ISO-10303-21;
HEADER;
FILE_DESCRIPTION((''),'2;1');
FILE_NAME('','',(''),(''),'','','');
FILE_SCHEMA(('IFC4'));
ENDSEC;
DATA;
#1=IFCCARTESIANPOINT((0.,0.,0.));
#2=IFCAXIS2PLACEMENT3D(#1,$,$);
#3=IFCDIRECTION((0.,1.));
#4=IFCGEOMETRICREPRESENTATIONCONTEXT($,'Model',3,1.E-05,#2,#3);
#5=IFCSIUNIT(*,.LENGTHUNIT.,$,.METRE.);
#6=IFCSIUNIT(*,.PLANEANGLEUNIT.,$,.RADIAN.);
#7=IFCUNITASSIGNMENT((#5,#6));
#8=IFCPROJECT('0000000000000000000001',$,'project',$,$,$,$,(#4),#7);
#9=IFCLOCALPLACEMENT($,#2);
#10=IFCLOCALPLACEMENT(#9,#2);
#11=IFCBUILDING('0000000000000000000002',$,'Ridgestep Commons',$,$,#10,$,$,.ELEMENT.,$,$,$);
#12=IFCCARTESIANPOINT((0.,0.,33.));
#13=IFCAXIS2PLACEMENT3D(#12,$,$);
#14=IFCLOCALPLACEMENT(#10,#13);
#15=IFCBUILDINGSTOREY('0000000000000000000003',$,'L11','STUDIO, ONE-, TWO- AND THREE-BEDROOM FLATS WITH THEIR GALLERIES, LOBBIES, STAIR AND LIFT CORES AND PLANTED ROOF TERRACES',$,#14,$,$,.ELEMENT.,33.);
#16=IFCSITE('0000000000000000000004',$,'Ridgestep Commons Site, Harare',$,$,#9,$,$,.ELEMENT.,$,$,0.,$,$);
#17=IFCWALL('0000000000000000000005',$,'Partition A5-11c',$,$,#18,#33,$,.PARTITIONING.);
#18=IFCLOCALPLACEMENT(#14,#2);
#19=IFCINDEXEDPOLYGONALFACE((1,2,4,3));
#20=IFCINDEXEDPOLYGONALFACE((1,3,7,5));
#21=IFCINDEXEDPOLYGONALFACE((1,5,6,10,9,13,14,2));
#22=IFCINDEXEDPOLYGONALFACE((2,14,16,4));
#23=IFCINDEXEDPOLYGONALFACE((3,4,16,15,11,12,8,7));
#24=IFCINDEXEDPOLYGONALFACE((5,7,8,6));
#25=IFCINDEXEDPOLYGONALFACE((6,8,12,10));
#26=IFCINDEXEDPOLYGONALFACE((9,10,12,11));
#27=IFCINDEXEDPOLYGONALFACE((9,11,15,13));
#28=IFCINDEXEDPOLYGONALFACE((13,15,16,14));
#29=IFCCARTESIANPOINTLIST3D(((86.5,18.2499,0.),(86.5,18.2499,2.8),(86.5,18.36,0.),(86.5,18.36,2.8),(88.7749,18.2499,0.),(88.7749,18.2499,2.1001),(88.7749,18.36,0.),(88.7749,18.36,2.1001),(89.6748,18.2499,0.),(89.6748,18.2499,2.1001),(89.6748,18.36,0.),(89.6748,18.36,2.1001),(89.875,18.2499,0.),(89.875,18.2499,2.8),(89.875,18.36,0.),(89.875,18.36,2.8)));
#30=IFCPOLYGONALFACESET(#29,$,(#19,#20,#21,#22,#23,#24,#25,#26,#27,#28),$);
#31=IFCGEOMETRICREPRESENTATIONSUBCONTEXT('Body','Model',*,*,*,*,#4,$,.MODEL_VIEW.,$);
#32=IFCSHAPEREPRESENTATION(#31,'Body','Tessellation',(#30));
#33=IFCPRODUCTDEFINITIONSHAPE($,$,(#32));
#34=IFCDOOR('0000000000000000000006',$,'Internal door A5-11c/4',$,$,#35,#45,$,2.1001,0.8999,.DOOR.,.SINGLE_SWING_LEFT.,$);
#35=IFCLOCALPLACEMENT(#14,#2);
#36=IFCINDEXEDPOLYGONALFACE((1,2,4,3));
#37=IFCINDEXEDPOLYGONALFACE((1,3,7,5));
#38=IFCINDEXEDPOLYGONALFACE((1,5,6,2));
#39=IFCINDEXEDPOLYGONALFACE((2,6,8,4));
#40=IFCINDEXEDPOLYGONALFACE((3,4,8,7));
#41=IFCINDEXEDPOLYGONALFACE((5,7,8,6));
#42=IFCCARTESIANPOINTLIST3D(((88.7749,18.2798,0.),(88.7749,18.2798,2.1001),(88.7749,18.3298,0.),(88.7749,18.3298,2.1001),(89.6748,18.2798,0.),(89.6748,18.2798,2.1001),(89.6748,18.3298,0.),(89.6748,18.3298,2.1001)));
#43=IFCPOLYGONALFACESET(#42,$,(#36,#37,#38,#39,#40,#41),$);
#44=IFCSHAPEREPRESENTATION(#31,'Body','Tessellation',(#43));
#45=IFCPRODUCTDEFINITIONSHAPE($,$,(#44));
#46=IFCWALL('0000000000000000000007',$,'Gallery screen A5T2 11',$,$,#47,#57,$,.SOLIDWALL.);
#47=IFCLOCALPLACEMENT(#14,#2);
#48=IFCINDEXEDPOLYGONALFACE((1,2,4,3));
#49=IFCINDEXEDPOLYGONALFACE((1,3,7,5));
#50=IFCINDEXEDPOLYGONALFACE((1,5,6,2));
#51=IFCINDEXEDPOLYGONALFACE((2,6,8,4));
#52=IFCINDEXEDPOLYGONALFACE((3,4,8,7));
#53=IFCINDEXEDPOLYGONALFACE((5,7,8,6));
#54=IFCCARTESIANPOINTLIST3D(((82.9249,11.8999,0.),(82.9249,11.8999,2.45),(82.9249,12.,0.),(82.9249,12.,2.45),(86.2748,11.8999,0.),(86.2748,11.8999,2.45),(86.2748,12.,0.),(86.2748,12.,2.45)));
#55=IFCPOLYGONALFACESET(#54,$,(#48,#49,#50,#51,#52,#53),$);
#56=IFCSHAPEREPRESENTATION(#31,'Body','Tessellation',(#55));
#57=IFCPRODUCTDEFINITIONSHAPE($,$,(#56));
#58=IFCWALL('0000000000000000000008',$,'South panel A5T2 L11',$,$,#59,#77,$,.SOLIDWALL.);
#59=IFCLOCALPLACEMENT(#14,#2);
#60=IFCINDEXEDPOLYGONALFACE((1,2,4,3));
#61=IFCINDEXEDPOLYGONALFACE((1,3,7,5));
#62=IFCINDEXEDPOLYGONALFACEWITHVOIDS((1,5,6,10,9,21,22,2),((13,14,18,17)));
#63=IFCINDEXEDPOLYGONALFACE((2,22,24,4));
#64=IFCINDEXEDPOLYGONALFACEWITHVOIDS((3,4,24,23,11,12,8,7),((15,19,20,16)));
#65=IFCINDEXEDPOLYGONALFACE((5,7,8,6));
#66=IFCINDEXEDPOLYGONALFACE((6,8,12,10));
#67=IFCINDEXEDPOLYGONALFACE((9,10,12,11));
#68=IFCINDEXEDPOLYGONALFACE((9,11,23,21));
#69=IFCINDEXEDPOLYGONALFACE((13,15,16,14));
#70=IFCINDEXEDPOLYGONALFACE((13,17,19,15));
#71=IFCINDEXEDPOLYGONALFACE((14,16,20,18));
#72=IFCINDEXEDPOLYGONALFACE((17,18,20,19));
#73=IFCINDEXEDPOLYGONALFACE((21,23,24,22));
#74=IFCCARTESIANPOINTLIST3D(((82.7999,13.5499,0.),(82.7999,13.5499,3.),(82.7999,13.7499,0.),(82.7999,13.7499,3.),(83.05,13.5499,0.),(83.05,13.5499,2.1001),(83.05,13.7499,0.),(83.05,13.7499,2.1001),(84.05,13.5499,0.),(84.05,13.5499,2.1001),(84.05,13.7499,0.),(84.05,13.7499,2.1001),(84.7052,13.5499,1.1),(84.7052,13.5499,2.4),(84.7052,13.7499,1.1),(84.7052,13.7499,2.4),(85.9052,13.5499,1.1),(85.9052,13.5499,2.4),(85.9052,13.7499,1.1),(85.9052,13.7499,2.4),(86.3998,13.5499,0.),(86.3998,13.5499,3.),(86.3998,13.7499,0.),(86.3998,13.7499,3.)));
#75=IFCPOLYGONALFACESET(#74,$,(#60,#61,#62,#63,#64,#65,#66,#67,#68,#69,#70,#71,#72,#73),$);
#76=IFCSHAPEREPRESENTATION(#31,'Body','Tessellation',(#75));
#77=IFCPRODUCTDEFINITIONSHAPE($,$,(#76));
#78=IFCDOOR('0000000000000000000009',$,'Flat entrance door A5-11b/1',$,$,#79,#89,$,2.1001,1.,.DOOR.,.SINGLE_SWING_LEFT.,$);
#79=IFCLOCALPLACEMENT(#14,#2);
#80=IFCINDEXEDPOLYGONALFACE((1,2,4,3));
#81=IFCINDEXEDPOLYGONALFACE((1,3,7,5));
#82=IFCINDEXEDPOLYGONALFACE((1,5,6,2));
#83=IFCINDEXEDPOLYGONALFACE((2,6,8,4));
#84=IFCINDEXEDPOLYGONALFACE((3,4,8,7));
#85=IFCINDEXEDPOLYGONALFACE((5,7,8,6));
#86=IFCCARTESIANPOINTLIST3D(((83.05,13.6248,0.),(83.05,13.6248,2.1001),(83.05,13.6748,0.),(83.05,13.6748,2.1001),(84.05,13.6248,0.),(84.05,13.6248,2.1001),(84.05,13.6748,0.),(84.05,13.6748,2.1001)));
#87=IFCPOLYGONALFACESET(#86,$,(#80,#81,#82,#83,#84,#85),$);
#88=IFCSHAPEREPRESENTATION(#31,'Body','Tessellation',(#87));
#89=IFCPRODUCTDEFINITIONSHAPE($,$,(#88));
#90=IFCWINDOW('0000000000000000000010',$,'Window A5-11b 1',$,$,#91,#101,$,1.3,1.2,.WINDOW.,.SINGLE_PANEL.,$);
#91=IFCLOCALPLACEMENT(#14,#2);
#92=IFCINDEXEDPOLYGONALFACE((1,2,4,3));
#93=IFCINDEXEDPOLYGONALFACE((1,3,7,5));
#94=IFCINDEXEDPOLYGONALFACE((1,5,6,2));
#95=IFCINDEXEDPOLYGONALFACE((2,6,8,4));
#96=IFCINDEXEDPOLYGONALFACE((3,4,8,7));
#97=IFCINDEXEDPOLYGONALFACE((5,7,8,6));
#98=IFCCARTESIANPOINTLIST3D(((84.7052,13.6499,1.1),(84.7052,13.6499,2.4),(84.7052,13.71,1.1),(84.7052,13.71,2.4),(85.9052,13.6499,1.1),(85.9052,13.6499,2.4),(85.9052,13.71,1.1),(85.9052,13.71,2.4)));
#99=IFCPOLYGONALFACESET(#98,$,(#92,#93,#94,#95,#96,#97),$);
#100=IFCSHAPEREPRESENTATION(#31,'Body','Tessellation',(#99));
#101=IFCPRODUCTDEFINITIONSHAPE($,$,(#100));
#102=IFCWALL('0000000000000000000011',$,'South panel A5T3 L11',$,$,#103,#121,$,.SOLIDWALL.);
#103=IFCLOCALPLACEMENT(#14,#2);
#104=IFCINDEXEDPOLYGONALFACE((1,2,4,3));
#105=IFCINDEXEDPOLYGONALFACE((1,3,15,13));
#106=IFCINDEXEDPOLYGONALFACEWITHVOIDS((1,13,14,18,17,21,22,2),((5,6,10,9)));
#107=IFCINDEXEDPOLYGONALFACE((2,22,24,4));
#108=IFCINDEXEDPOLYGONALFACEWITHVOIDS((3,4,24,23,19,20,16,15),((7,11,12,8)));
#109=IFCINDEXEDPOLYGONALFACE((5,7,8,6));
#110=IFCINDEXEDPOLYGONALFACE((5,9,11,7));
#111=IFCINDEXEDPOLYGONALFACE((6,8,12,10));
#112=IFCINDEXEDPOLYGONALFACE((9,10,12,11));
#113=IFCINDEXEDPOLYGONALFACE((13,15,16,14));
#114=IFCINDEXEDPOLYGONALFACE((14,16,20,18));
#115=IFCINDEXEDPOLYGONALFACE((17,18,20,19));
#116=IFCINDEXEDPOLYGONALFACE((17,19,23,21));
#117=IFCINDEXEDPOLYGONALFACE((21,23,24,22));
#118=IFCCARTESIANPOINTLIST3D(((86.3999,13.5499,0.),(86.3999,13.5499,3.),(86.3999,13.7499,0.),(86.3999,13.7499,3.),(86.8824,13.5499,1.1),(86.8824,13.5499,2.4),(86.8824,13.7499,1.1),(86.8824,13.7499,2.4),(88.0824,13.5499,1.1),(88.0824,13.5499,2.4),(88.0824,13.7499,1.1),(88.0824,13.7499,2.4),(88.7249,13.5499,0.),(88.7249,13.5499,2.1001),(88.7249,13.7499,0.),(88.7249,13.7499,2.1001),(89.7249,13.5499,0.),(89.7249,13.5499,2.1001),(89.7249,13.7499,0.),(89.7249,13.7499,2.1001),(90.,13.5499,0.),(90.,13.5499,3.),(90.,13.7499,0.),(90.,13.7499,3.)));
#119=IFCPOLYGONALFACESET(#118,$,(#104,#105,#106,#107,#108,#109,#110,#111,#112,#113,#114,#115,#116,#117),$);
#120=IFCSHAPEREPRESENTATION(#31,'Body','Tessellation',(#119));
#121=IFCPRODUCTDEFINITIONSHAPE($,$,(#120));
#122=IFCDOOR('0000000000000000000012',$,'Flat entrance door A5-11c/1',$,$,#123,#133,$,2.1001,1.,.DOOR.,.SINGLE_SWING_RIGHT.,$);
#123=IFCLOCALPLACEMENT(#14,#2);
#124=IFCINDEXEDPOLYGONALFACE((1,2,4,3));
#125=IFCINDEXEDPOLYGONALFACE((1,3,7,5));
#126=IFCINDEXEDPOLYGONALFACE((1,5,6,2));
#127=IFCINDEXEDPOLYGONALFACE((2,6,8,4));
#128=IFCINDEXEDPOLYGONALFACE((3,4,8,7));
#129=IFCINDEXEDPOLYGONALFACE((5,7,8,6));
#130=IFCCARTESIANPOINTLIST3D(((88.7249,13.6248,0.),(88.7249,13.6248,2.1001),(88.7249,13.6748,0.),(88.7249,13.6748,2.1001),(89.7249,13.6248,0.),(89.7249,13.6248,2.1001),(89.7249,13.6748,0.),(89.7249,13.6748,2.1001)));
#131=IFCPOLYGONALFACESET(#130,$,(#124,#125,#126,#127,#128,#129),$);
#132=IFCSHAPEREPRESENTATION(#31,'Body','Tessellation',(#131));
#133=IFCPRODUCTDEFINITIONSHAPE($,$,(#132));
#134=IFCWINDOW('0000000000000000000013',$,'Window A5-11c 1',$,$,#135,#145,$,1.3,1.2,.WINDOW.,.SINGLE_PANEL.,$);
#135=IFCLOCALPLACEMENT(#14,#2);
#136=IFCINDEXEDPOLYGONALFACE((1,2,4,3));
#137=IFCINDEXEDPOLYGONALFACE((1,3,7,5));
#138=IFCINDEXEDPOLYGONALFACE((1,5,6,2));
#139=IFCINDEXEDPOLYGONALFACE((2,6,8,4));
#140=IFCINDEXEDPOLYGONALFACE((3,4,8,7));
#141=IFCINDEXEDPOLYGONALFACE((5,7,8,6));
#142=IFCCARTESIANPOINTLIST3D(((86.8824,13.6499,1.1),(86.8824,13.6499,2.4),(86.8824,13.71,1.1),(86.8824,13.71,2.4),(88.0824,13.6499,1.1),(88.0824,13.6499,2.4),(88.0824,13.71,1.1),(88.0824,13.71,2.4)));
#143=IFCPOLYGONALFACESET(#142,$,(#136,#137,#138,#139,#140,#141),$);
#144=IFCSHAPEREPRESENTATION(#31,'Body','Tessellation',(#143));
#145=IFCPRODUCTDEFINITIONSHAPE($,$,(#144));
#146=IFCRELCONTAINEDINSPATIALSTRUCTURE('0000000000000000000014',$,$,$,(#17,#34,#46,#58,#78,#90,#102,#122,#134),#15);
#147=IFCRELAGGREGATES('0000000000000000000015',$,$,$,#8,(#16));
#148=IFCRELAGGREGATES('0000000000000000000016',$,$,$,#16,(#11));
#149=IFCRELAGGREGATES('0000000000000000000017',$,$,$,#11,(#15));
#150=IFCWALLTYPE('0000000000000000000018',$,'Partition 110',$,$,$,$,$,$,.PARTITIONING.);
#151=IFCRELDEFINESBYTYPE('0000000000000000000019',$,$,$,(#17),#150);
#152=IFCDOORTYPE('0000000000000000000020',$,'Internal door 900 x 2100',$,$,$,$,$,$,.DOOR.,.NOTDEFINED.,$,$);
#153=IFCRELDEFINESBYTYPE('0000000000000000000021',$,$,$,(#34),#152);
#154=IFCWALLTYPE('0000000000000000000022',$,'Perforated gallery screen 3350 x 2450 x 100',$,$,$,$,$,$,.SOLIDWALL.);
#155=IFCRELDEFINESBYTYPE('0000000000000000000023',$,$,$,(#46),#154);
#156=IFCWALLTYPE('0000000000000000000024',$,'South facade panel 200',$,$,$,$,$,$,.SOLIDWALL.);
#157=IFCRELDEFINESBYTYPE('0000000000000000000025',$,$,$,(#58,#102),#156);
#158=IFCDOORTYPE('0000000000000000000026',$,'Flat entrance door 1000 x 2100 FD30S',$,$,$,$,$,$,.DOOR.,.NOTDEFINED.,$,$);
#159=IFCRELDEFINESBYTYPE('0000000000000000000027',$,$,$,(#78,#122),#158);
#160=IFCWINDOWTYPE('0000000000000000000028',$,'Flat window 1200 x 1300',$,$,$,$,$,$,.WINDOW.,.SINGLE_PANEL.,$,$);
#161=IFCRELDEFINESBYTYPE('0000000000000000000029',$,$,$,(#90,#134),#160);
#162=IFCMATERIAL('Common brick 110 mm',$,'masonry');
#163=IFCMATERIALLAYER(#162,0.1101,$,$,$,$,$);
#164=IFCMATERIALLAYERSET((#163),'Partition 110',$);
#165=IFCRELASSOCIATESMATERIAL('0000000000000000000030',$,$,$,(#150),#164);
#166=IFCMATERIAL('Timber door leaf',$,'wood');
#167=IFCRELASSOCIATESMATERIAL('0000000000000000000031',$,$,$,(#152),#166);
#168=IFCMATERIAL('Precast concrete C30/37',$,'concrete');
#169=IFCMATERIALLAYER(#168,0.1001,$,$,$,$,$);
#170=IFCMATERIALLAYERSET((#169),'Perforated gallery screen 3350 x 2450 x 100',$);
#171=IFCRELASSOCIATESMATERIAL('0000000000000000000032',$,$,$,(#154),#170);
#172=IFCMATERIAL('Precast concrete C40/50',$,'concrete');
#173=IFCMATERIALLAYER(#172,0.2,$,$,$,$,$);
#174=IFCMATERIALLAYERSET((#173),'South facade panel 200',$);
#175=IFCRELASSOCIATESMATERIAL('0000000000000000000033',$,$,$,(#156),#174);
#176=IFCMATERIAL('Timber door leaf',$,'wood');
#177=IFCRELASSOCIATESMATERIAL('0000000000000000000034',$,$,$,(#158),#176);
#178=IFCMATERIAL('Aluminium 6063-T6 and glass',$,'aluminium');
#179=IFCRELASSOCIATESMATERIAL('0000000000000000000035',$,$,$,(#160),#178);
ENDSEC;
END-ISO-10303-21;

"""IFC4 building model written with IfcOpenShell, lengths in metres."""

from ifc_helpers import new_model, si_unit, direction, frame, frame_2d, origin, place, context, subcontext, project, spatial, rectangle, extrude, material, layer, layer_set, type_object, element, fill, save


model = new_model("IFC4")

# Units and contexts
model_context = context("Model", 3, precision=1e-05, world=origin(), true_north=direction((0.0, 1.0)))
body_context = subcontext(model_context, "Body", "Model", "MODEL_VIEW")
ifc_project = project(units=[si_unit("LENGTHUNIT", "METRE"), si_unit("PLANEANGLEUNIT", "RADIAN")], contexts=[model_context])

# Site, building, storey
site_placement = place(None, origin())
site = spatial("IfcSite", under=ifc_project, at=site_placement, Name="Ridgestep Commons Site, Harare", CompositionType="ELEMENT", RefElevation=0.0)
building_placement = place(site_placement, origin())
building = spatial("IfcBuilding", under=site, at=building_placement, Name="Ridgestep Commons", CompositionType="ELEMENT")
storey_placement = place(building_placement, frame((0.0, 0.0, 33.0)))
storey = spatial("IfcBuildingStorey", under=building, at=storey_placement, Name="L11", Description="STUDIO, ONE-, TWO- AND THREE-BEDROOM FLATS WITH THEIR GALLERIES, LOBBIES, STAIR AND LIFT CORES AND PLANTED ROOF TERRACES", CompositionType="ELEMENT", Elevation=33.0)

# Shared definitions
ifc_material_1 = material(Name="Common brick 110 mm", Category="masonry")
ifc_layer_1 = layer(ifc_material_1, 0.1101)
ifc_layer_set_1 = layer_set([ifc_layer_1], Name="Partition 110")
wall_type_1 = type_object("IfcWallType", Name="Partition 110", PredefinedType="PARTITIONING", material=ifc_layer_set_1)

# Shared definitions
ifc_material_2 = material(Name="Timber door leaf", Category="wood")
door_type_1 = type_object("IfcDoorType", Name="Internal door 900 x 2100", OperationType="NOTDEFINED", PredefinedType="DOOR", material=ifc_material_2)

# Wall, opening, door
wall_1_placement = place(storey_placement, frame((86.5, 18.3049, 0.0), z_axis=(0.0, 0.0, 1.0), x_axis=(1.0, 0.0, 0.0)))
wall_1 = element("IfcWall", 1, at=wall_1_placement, inside=storey, type_object=wall_type_1, Name="Partition A5-11c", PredefinedType="PARTITIONING", context=body_context, shape_type="SweptSolid", body=[
    extrude(rectangle(XDim=3.375, YDim=0.1101, at=frame_2d((1.6875, 0.0))), origin(), (0.0, 0.0, 1.0), 2.8),
])
opening_1_placement = place(wall_1_placement, frame((2.2749, 0.0, 0.0)))
opening_1 = element("IfcOpeningElement", 2, at=opening_1_placement, cuts=wall_1, PredefinedType="OPENING", context=body_context, shape_type="SweptSolid", body=[
    extrude(rectangle(XDim=0.8999, YDim=2.1001, at=frame_2d((0.45, 1.05))), frame((0.0, 0.0649, 0.0), z_axis=(0.0, -1.0, 0.0), x_axis=(1.0, 0.0, 0.0)), (0.0, 0.0, 1.0), 0.1301),
])
door_1_placement = place(opening_1_placement, origin())
door_1 = element("IfcDoor", 3, at=door_1_placement, inside=storey, type_object=door_type_1, Name="Internal door A5-11c/4", OperationType="SINGLE_SWING_LEFT", OverallHeight=2.1001, OverallWidth=0.8999, PredefinedType="DOOR", context=body_context, shape_type="SweptSolid", body=[
    extrude(rectangle(XDim=0.8999, YDim=2.1001, at=frame_2d((0.45, 1.05))), frame((0.0, 0.0249, 0.0), z_axis=(0.0, -1.0, 0.0), x_axis=(1.0, 0.0, 0.0)), (0.0, 0.0, 1.0), 0.05),
])
fill(opening_1, door_1)

# Wall
ifc_material_3 = material(Name="Precast concrete C30/37", Category="concrete")
ifc_layer_2 = layer(ifc_material_3, 0.1001)
ifc_layer_set_2 = layer_set([ifc_layer_2], Name="Perforated gallery screen 3350 x 2450 x 100")
wall_type_2 = type_object("IfcWallType", Name="Perforated gallery screen 3350 x 2450 x 100", PredefinedType="SOLIDWALL", material=ifc_layer_set_2)
wall_2_placement = place(storey_placement, frame((82.925, 11.95, 0.0), z_axis=(0.0, 0.0, 1.0), x_axis=(1.0, 0.0, 0.0)))
element("IfcWall", 4, at=wall_2_placement, inside=storey, type_object=wall_type_2, Name="Gallery screen A5T2 11", PredefinedType="SOLIDWALL", context=body_context, shape_type="SweptSolid", body=[
    extrude(rectangle(XDim=3.3499, YDim=0.1001, at=frame_2d((1.6748, 0.0))), origin(), (0.0, 0.0, 1.0), 2.45),
])

# Walls, openings, doors, windows
ifc_material_4 = material(Name="Precast concrete C40/50", Category="concrete")
ifc_layer_3 = layer(ifc_material_4, 0.2)
ifc_layer_set_3 = layer_set([ifc_layer_3], Name="South facade panel 200")
wall_type_3 = type_object("IfcWallType", Name="South facade panel 200", PredefinedType="SOLIDWALL", material=ifc_layer_set_3)
wall_3_placement = place(storey_placement, frame((82.8, 13.6499, 0.0), z_axis=(0.0, 0.0, 1.0), x_axis=(1.0, 0.0, 0.0)))
wall_3 = element("IfcWall", 5, at=wall_3_placement, inside=storey, type_object=wall_type_3, Name="South panel A5T2 L11", PredefinedType="SOLIDWALL", context=body_context, shape_type="SweptSolid", body=[
    extrude(rectangle(XDim=3.5999, YDim=0.2, at=frame_2d((1.7998, 0.0))), origin(), (0.0, 0.0, 1.0), 3.0),
])
opening_2_placement = place(wall_3_placement, frame((1.905, 0.0, 1.1001)))
opening_2 = element("IfcOpeningElement", 6, at=opening_2_placement, cuts=wall_3, PredefinedType="OPENING", context=body_context, shape_type="SweptSolid", body=[
    extrude(rectangle(XDim=1.2, YDim=1.3, at=frame_2d((0.6001, 0.6499))), frame((0.0, 0.1099, 0.0), z_axis=(0.0, -1.0, 0.0), x_axis=(1.0, 0.0, 0.0)), (0.0, 0.0, 1.0), 0.22),
])
opening_3_placement = place(wall_3_placement, frame((0.25, 0.0, 0.0)))
opening_3 = element("IfcOpeningElement", 7, at=opening_3_placement, cuts=wall_3, PredefinedType="OPENING", context=body_context, shape_type="SweptSolid", body=[
    extrude(rectangle(XDim=1.0, YDim=2.1001, at=frame_2d((0.5, 1.05))), frame((0.0, 0.1099, 0.0), z_axis=(0.0, -1.0, 0.0), x_axis=(1.0, 0.0, 0.0)), (0.0, 0.0, 1.0), 0.22),
])
ifc_material_5 = material(Name="Timber door leaf", Category="wood")
door_type_2 = type_object("IfcDoorType", Name="Flat entrance door 1000 x 2100 FD30S", OperationType="NOTDEFINED", PredefinedType="DOOR", material=ifc_material_5)
door_2_placement = place(opening_3_placement, origin())
door_2 = element("IfcDoor", 8, at=door_2_placement, inside=storey, type_object=door_type_2, Name="Flat entrance door A5-11b/1", OperationType="SINGLE_SWING_LEFT", OverallHeight=2.1001, OverallWidth=1.0, PredefinedType="DOOR", context=body_context, shape_type="SweptSolid", body=[
    extrude(rectangle(XDim=1.0, YDim=2.1001, at=frame_2d((0.5, 1.05))), frame((0.0, 0.0249, 0.0), z_axis=(0.0, -1.0, 0.0), x_axis=(1.0, 0.0, 0.0)), (0.0, 0.0, 1.0), 0.05),
])
fill(opening_3, door_2)
ifc_material_6 = material(Name="Aluminium 6063-T6 and glass", Category="aluminium")
window_type = type_object("IfcWindowType", Name="Flat window 1200 x 1300", PartitioningType="SINGLE_PANEL", PredefinedType="WINDOW", material=ifc_material_6)
window_1_placement = place(opening_2_placement, origin())
window_1 = element("IfcWindow", 9, at=window_1_placement, inside=storey, type_object=window_type, Name="Window A5-11b 1", OverallHeight=1.3, OverallWidth=1.2, PartitioningType="SINGLE_PANEL", PredefinedType="WINDOW", context=body_context, shape_type="SweptSolid", body=[
    extrude(rectangle(XDim=1.2, YDim=1.3, at=frame_2d((0.6001, 0.6499))), frame((0.0, 0.0601, 0.0), z_axis=(0.0, -1.0, 0.0), x_axis=(1.0, 0.0, 0.0)), (0.0, 0.0, 1.0), 0.0601),
])
fill(opening_2, window_1)
wall_4_placement = place(storey_placement, frame((86.3999, 13.6499, 0.0), z_axis=(0.0, 0.0, 1.0), x_axis=(1.0, 0.0, 0.0)))
wall_4 = element("IfcWall", 10, at=wall_4_placement, inside=storey, type_object=wall_type_3, Name="South panel A5T3 L11", PredefinedType="SOLIDWALL", context=body_context, shape_type="SweptSolid", body=[
    extrude(rectangle(XDim=3.6001, YDim=0.2, at=frame_2d((1.8, 0.0))), origin(), (0.0, 0.0, 1.0), 3.0),
])
opening_4_placement = place(wall_4_placement, frame((0.4824, 0.0, 1.1001)))
opening_4 = element("IfcOpeningElement", 11, at=opening_4_placement, cuts=wall_4, PredefinedType="OPENING", context=body_context, shape_type="SweptSolid", body=[
    extrude(rectangle(XDim=1.2, YDim=1.3, at=frame_2d((0.6001, 0.6499))), frame((0.0, 0.1099, 0.0), z_axis=(0.0, -1.0, 0.0), x_axis=(1.0, 0.0, 0.0)), (0.0, 0.0, 1.0), 0.22),
])
opening_5_placement = place(wall_4_placement, frame((2.325, 0.0, 0.0)))
opening_5 = element("IfcOpeningElement", 12, at=opening_5_placement, cuts=wall_4, PredefinedType="OPENING", context=body_context, shape_type="SweptSolid", body=[
    extrude(rectangle(XDim=1.0, YDim=2.1001, at=frame_2d((0.5, 1.05))), frame((0.0, 0.1099, 0.0), z_axis=(0.0, -1.0, 0.0), x_axis=(1.0, 0.0, 0.0)), (0.0, 0.0, 1.0), 0.22),
])
door_3_placement = place(opening_5_placement, origin())
door_3 = element("IfcDoor", 13, at=door_3_placement, inside=storey, type_object=door_type_2, Name="Flat entrance door A5-11c/1", OperationType="SINGLE_SWING_RIGHT", OverallHeight=2.1001, OverallWidth=1.0, PredefinedType="DOOR", context=body_context, shape_type="SweptSolid", body=[
    extrude(rectangle(XDim=1.0, YDim=2.1001, at=frame_2d((0.5, 1.05))), frame((0.0, 0.0249, 0.0), z_axis=(0.0, -1.0, 0.0), x_axis=(1.0, 0.0, 0.0)), (0.0, 0.0, 1.0), 0.05),
])
fill(opening_5, door_3)
window_2_placement = place(opening_4_placement, origin())
window_2 = element("IfcWindow", 14, at=window_2_placement, inside=storey, type_object=window_type, Name="Window A5-11c 1", OverallHeight=1.3, OverallWidth=1.2, PartitioningType="SINGLE_PANEL", PredefinedType="WINDOW", context=body_context, shape_type="SweptSolid", body=[
    extrude(rectangle(XDim=1.2, YDim=1.3, at=frame_2d((0.6001, 0.6499))), frame((0.0, 0.0601, 0.0), z_axis=(0.0, -1.0, 0.0), x_axis=(1.0, 0.0, 0.0)), (0.0, 0.0, 1.0), 0.0601),
])
fill(opening_4, window_2)

save(model, "model.ifc")
